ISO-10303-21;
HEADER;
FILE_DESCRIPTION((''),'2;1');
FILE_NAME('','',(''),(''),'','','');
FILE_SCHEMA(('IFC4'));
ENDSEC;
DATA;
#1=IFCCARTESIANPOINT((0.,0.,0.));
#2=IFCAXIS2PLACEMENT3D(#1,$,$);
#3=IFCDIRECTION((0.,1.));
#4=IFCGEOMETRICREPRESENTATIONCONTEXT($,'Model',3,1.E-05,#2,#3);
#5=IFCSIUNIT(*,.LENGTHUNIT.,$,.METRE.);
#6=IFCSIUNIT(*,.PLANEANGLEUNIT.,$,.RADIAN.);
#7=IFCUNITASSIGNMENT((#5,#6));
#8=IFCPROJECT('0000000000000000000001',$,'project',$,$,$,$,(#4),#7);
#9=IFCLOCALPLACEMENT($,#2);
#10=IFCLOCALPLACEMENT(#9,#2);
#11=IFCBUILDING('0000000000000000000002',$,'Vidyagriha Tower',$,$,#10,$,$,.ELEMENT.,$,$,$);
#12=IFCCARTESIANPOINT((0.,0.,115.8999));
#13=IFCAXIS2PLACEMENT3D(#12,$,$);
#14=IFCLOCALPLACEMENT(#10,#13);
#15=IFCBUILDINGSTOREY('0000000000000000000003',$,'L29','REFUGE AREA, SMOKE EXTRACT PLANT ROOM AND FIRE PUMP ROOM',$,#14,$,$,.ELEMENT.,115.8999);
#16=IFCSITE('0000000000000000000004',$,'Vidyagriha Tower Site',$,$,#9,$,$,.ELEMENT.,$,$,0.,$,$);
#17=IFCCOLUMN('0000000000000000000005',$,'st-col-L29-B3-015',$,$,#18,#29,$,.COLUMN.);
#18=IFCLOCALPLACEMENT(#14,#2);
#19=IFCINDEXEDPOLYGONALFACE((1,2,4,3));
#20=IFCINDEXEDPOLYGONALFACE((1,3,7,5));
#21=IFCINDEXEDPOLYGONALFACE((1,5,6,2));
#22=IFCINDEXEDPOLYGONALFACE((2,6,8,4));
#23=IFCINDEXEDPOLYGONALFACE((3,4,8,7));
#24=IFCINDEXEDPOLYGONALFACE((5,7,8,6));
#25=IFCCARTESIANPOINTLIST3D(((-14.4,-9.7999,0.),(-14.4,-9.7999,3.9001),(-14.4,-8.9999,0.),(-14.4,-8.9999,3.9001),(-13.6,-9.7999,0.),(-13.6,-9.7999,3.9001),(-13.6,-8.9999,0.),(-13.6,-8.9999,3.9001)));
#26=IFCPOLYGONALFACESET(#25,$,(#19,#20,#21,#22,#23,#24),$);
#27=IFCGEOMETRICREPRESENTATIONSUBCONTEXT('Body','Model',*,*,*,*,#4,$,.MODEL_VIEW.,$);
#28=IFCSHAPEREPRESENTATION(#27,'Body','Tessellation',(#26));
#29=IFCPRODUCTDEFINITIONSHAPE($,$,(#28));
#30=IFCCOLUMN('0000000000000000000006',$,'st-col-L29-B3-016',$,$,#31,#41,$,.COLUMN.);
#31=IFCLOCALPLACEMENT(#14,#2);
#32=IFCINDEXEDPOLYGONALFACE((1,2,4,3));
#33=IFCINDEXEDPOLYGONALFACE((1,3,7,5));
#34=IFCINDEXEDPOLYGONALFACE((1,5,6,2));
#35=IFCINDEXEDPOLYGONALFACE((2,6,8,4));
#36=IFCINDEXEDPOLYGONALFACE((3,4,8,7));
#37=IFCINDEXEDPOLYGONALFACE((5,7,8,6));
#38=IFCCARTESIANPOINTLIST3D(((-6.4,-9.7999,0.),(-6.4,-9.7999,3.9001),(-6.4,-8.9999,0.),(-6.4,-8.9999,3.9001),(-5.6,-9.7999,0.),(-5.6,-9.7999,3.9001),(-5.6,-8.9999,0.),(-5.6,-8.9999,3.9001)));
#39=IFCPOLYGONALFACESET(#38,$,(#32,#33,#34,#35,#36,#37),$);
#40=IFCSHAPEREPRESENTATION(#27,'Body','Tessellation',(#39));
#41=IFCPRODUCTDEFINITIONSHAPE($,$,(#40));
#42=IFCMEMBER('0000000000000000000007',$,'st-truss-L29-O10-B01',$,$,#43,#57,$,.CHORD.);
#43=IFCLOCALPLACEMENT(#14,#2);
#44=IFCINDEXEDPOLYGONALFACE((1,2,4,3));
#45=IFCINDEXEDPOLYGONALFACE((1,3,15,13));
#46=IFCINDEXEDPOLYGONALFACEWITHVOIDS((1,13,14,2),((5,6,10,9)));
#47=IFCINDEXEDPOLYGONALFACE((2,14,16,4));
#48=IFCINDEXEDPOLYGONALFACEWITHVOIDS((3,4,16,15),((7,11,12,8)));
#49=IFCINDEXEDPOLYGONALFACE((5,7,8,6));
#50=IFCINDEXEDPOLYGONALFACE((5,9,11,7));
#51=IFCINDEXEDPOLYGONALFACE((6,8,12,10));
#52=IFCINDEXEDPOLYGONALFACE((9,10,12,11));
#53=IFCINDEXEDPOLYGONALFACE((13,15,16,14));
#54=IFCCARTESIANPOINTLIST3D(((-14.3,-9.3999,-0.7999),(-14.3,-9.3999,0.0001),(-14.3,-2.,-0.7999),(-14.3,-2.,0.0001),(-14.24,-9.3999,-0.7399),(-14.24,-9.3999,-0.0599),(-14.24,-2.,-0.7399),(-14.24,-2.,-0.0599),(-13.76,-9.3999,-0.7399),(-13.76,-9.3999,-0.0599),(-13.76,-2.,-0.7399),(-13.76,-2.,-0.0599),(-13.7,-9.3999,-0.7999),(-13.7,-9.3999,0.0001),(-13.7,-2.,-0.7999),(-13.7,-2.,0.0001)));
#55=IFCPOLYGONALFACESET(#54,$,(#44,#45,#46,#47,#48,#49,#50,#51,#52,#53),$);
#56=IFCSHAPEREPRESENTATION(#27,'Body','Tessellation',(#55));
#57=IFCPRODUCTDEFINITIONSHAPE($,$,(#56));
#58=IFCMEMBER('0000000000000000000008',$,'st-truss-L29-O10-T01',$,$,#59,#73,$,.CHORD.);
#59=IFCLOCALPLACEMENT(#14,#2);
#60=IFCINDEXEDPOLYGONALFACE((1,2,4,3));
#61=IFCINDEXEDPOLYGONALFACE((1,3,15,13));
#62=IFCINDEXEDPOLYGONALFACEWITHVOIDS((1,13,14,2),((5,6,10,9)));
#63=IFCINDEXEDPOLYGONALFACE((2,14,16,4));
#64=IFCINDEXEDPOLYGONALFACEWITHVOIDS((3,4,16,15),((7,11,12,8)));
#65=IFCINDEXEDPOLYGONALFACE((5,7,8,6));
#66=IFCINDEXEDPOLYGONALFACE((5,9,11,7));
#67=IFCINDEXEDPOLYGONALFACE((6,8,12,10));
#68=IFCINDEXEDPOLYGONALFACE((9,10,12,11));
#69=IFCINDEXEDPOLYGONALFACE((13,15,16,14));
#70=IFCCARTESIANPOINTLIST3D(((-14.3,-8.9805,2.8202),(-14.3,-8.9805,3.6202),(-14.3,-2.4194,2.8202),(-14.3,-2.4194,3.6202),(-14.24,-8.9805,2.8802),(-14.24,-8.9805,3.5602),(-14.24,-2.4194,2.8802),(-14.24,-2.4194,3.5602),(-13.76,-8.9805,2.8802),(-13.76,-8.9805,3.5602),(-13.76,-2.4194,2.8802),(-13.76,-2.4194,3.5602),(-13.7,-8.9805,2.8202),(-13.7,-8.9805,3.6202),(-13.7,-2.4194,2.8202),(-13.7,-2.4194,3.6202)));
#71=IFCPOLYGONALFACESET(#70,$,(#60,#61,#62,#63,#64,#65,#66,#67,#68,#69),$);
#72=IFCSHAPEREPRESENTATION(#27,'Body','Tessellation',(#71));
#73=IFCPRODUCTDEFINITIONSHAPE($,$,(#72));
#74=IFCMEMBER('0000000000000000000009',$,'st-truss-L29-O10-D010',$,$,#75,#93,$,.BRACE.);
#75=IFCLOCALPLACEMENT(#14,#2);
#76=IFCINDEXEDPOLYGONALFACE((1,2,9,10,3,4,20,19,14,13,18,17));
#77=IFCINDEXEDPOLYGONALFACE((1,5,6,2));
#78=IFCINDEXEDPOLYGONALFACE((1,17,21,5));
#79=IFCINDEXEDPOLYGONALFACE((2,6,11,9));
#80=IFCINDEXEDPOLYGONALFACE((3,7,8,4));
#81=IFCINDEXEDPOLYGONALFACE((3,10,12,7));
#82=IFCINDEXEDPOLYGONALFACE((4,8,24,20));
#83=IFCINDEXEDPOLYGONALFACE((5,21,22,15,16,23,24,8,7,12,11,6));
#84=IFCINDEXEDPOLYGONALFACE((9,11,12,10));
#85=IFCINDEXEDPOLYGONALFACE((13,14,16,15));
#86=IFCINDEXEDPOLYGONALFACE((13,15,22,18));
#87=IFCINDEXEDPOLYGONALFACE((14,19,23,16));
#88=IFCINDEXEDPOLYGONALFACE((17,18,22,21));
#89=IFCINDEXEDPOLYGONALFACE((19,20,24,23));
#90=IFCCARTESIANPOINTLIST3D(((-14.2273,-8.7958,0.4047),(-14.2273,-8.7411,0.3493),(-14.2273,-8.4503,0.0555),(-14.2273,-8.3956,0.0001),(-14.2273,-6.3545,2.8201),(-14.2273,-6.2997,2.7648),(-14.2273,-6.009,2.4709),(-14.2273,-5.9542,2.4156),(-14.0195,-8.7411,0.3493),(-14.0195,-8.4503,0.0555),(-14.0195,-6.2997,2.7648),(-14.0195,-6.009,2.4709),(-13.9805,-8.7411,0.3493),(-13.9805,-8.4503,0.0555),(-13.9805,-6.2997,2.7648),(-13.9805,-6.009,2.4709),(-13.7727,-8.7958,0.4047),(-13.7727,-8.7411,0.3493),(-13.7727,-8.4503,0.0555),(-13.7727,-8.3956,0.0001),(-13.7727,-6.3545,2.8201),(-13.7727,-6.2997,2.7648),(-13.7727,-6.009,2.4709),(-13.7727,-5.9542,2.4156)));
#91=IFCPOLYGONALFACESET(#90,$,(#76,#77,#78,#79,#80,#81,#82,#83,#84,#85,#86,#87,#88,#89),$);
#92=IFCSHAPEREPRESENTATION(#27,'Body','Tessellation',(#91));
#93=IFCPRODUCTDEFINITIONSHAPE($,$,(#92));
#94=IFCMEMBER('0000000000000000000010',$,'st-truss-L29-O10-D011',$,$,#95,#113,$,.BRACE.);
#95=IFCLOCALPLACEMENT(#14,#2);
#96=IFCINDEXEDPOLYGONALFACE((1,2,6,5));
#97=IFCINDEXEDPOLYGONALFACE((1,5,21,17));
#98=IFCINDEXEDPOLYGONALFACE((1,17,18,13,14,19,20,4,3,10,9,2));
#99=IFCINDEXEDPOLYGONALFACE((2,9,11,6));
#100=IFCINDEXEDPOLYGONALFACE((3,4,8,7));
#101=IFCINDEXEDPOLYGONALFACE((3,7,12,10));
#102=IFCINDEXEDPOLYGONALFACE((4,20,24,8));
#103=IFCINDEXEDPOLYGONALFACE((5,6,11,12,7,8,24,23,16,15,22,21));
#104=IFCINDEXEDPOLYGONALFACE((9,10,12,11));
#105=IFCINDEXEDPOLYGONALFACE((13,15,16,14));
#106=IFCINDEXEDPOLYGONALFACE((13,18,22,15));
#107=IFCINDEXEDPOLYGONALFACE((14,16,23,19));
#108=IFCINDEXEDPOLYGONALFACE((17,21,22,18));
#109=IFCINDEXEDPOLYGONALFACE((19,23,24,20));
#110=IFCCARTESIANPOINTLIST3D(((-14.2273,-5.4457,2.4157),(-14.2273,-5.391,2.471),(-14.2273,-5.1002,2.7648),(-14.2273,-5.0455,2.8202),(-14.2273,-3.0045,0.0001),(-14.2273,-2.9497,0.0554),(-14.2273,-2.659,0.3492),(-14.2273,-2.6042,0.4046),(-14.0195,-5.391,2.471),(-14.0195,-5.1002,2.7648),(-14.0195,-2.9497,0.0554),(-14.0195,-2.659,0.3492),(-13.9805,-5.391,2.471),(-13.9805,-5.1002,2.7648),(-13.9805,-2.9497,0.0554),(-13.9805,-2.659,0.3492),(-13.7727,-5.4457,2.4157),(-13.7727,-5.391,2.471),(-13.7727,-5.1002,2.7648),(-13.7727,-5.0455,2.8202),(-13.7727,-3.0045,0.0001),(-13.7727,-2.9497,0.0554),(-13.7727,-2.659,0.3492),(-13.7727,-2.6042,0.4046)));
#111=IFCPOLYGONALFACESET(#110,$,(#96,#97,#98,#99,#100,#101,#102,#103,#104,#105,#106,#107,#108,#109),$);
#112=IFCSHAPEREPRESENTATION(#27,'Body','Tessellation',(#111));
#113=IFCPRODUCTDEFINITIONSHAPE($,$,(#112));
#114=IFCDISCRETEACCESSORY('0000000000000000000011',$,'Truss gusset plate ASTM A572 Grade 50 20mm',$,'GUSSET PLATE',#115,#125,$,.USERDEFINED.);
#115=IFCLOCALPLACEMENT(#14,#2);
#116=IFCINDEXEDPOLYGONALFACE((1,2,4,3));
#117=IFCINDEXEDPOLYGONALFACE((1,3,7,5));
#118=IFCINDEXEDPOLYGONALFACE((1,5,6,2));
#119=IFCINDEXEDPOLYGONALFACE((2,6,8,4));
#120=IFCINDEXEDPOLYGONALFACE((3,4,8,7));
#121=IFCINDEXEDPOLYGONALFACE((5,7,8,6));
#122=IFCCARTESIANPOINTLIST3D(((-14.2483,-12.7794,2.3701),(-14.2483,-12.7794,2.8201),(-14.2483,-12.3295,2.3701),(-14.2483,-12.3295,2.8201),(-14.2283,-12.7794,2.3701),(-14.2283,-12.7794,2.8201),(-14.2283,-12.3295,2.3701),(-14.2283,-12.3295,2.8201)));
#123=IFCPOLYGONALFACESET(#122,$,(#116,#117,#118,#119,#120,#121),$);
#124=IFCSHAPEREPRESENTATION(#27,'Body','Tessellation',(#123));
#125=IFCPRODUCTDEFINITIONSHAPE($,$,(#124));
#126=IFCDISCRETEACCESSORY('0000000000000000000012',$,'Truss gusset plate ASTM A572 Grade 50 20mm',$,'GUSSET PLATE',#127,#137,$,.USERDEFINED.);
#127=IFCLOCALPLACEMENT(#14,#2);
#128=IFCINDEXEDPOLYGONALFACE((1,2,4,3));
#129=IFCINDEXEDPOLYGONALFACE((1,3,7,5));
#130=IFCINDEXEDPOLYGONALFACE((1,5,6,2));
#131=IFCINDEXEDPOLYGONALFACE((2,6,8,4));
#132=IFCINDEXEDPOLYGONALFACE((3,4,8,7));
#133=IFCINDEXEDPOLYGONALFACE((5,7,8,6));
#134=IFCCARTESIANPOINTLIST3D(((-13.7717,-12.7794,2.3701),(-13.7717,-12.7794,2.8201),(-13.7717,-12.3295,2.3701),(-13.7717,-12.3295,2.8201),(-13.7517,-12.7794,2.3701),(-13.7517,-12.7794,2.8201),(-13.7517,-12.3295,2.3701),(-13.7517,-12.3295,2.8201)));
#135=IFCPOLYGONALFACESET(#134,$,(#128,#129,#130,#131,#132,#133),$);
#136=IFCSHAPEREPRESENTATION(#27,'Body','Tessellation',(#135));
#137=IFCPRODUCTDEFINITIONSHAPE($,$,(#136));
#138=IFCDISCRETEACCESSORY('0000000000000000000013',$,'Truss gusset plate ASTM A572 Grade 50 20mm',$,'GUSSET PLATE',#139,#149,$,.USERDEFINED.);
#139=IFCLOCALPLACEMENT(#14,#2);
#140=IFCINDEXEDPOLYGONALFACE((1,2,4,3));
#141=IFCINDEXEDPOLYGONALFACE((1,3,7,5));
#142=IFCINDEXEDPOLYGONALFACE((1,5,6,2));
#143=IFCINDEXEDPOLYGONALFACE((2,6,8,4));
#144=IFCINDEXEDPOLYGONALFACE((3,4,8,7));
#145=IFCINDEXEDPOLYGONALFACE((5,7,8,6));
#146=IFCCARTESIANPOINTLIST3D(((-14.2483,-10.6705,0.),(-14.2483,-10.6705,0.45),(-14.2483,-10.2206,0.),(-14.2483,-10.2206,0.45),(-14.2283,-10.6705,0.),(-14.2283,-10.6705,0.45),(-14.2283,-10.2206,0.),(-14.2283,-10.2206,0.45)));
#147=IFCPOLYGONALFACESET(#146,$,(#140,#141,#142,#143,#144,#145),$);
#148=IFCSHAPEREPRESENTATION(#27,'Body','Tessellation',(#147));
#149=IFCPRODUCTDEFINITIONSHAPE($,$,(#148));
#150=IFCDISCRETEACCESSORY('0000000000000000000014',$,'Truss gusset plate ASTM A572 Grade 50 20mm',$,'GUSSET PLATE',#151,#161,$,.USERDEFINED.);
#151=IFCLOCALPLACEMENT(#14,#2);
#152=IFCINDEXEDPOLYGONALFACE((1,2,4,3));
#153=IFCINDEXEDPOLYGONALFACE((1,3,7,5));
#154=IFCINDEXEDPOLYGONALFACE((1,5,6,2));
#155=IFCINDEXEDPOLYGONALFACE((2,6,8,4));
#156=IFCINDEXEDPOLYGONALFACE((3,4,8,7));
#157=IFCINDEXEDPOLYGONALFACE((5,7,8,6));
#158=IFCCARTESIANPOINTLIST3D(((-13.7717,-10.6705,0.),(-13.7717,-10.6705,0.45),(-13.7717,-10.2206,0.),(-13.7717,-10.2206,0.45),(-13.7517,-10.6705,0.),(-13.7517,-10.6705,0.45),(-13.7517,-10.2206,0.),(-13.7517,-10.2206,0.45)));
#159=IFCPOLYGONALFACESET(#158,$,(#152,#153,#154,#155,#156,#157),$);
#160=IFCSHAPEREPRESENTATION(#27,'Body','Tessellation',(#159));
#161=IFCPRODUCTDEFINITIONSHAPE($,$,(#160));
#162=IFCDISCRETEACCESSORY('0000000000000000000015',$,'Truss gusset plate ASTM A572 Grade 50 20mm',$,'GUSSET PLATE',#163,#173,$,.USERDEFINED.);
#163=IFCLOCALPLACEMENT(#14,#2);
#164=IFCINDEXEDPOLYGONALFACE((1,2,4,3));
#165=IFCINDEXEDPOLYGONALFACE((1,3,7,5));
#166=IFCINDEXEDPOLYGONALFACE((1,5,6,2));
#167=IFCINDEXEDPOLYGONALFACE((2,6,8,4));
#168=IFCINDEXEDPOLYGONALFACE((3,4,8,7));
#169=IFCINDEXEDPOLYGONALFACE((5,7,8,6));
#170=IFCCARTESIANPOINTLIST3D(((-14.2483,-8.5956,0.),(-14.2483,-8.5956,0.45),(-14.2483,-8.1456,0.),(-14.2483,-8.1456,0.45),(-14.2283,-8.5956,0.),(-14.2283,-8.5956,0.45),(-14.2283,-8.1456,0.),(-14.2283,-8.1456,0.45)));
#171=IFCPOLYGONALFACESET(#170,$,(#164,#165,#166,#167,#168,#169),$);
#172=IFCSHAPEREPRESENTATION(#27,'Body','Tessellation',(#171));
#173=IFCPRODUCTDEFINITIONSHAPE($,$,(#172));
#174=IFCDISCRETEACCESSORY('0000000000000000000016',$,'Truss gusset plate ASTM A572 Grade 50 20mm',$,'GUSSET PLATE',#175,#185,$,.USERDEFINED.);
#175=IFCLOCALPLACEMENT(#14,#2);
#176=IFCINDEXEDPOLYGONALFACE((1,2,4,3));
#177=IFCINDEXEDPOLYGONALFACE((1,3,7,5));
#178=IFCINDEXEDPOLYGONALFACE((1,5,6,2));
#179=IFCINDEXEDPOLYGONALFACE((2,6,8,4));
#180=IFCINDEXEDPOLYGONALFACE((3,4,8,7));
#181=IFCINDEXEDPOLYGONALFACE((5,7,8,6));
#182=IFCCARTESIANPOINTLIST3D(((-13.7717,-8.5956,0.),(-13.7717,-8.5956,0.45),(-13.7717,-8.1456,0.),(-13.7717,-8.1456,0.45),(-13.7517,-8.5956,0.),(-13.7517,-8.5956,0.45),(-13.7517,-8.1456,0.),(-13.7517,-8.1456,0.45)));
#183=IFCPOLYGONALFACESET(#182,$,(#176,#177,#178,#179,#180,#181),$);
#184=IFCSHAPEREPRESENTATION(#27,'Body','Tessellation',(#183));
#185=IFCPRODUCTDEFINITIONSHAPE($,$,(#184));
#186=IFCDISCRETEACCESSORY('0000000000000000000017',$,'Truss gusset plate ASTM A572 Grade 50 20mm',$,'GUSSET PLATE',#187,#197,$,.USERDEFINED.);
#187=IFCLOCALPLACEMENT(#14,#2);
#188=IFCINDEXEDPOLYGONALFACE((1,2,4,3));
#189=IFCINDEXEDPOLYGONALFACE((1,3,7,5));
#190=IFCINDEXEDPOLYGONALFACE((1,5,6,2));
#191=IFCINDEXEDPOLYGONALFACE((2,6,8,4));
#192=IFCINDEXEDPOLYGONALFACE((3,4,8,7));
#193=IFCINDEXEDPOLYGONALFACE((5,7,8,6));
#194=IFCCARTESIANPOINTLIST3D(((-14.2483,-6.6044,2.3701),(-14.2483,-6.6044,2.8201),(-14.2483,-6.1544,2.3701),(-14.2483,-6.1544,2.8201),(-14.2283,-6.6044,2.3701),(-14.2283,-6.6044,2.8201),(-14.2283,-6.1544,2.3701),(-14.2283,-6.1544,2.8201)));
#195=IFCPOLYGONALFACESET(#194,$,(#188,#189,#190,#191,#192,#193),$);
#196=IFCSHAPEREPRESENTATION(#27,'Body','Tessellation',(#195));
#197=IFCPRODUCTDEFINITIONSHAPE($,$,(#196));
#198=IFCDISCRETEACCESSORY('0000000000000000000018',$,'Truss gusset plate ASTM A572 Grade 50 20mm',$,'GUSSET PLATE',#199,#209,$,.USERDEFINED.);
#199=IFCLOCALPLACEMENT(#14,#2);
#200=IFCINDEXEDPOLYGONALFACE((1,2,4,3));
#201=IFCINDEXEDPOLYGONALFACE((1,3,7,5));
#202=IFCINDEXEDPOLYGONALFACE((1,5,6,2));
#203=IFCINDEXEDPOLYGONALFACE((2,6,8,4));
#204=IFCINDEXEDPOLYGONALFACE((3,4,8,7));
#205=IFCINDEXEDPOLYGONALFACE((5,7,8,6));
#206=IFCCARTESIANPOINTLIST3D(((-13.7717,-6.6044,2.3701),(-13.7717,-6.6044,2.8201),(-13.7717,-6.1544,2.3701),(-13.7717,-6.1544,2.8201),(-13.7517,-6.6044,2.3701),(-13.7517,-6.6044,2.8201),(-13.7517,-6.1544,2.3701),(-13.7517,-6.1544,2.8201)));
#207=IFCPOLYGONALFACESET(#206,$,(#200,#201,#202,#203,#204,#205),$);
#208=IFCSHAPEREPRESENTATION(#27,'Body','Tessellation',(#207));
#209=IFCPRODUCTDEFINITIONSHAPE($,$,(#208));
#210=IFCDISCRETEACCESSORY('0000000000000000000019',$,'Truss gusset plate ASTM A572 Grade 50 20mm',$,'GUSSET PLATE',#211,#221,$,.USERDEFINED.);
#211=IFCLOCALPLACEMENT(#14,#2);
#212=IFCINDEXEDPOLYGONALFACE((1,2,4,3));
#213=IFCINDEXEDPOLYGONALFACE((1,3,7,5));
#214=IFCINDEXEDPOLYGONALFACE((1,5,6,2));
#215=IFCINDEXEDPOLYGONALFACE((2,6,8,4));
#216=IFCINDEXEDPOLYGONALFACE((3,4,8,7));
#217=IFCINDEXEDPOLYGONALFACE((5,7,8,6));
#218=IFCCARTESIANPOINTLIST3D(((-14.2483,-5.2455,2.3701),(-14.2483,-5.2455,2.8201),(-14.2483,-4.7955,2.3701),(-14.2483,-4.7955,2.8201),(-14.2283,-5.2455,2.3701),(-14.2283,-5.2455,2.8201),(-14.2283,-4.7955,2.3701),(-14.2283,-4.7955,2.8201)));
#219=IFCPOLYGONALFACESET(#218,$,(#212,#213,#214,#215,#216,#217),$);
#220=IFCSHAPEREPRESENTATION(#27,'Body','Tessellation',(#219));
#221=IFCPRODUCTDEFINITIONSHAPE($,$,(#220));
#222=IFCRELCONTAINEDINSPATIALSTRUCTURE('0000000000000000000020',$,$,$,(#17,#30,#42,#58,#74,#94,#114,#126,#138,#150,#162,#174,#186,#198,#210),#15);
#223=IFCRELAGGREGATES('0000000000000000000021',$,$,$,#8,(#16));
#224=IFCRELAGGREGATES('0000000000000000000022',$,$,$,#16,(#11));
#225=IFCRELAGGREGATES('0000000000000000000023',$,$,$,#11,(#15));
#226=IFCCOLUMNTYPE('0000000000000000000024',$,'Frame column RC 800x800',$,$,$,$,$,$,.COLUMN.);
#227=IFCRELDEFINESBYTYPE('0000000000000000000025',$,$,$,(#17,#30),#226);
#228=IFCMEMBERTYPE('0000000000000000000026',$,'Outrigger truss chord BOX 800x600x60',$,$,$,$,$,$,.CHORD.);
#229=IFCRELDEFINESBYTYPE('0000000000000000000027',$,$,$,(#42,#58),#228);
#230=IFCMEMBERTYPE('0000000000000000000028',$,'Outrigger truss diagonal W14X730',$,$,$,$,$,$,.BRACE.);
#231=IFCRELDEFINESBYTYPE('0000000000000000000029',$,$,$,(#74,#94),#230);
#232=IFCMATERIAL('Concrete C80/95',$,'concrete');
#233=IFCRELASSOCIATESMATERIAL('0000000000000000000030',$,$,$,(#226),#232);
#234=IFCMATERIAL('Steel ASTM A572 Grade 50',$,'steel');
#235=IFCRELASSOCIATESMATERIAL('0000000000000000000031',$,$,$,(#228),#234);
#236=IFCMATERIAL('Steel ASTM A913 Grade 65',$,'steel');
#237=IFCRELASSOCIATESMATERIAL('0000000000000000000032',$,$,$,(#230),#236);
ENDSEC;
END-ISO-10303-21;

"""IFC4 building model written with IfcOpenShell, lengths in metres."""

from ifc_helpers import new_model, si_unit, direction, frame, origin, origin_2d, place, context, subcontext, project, spatial, rectangle, hollow_rectangle, i_section, extrude, material, material_profile, profile_set, type_object, element, save


model = new_model("IFC4")

# Units and contexts
model_context = context("Model", 3, precision=1e-05, world=origin(), true_north=direction((0.0, 1.0)))
body_context = subcontext(model_context, "Body", "Model", "MODEL_VIEW")
ifc_project = project(units=[si_unit("LENGTHUNIT", "METRE"), si_unit("PLANEANGLEUNIT", "RADIAN")], contexts=[model_context])

# Site, building, storey
site_placement = place(None, origin())
site = spatial("IfcSite", under=ifc_project, at=site_placement, Name="Vidyagriha Tower Site", CompositionType="ELEMENT", RefElevation=0.0)
building_placement = place(site_placement, origin())
building = spatial("IfcBuilding", under=site, at=building_placement, Name="Vidyagriha Tower", CompositionType="ELEMENT")
storey_placement = place(building_placement, frame((0.0, 0.0, 115.8999)))
storey = spatial("IfcBuildingStorey", under=building, at=storey_placement, Name="L29", Description="REFUGE AREA, SMOKE EXTRACT PLANT ROOM AND FIRE PUMP ROOM", CompositionType="ELEMENT", Elevation=115.8999)

# Columns
ifc_material_1 = material(Name="Concrete C80/95", Category="concrete")
ifc_material_profile_1 = material_profile(ifc_material_1, rectangle(XDim=0.8, YDim=0.8, at=origin_2d()), Name="RC 800x800")
ifc_profile_set_1 = profile_set([ifc_material_profile_1], Name="Concrete C80/95")
column_type = type_object("IfcColumnType", Name="Frame column RC 800x800", PredefinedType="COLUMN", material=ifc_profile_set_1)
for number, where, name in (
    (1, (-14.0, -9.3999, 0.0), "st-col-L29-B3-015"),
    (2, (-6.0, -9.3999, 0.0), "st-col-L29-B3-016"),
):
    element("IfcColumn", number, at=place(storey_placement, frame(where)), inside=storey, type_object=column_type, Name=name, PredefinedType="COLUMN", context=body_context, shape_type="SweptSolid", body=[
        extrude(rectangle(XDim=0.8, YDim=0.8, at=origin_2d()), origin(), (0.0, 0.0, 1.0), 3.9001),
    ])

# Members
ifc_material_2 = material(Name="Steel ASTM A572 Grade 50", Category="steel")
ifc_material_profile_2 = material_profile(ifc_material_2, hollow_rectangle(XDim=0.6001, YDim=0.8, WallThickness=0.0601, at=origin_2d()), Name="BOX 800x600x60")
ifc_profile_set_2 = profile_set([ifc_material_profile_2], Name="Steel ASTM A572 Grade 50")
member_type_1 = type_object("IfcMemberType", Name="Outrigger truss chord BOX 800x600x60", PredefinedType="CHORD", material=ifc_profile_set_2)
member_1_placement = place(storey_placement, frame((-14.0, -9.3999, -0.3999), z_axis=(0.0, 1.0, 0.0), x_axis=(-1.0, 0.0, 0.0)))
element("IfcMember", 3, at=member_1_placement, inside=storey, type_object=member_type_1, Name="st-truss-L29-O10-B01", PredefinedType="CHORD", context=body_context, shape_type="SweptSolid", body=[
    extrude(hollow_rectangle(XDim=0.6001, YDim=0.8, WallThickness=0.0601, at=origin_2d()), origin(), (0.0, 0.0, 1.0), 7.3999),
])
member_2_placement = place(storey_placement, frame((-14.0, -8.9805, 3.2202), z_axis=(0.0, 1.0, 0.0), x_axis=(-1.0, 0.0, 0.0)))
element("IfcMember", 4, at=member_2_placement, inside=storey, type_object=member_type_1, Name="st-truss-L29-O10-T01", PredefinedType="CHORD", context=body_context, shape_type="SweptSolid", body=[
    extrude(hollow_rectangle(XDim=0.6001, YDim=0.8, WallThickness=0.0601, at=origin_2d()), origin(), (0.0, 0.0, 1.0), 6.561),
])
ifc_material_3 = material(Name="Steel ASTM A913 Grade 65", Category="steel")
ifc_material_profile_3 = material_profile(ifc_material_3, i_section(OverallWidth=0.4546, OverallDepth=0.5691, WebThickness=0.0391, FlangeThickness=0.0779, at=origin_2d()), Name="W14X730")
ifc_profile_set_3 = profile_set([ifc_material_profile_3], Name="Steel ASTM A913 Grade 65")
member_type_2 = type_object("IfcMemberType", Name="Outrigger truss diagonal W14X730", PredefinedType="BRACE", material=ifc_profile_set_3)
for number, where, z_axis, x_axis, name in (
    (5, (-14.0, -8.5957, 0.2024), (0.0, 0.710864, 0.703329), (-1.0, 0.0, 0.0), "st-truss-L29-O10-D010"),
    (6, (-14.0, -5.2456, 2.6179), (0.0, 0.710829, -0.703365), (-1.0, 0.0, 0.0), "st-truss-L29-O10-D011"),
):
    element("IfcMember", number, at=place(storey_placement, frame(where, z_axis=z_axis, x_axis=x_axis)), inside=storey, type_object=member_type_2, Name=name, PredefinedType="BRACE", context=body_context, shape_type="SweptSolid", body=[
        extrude(i_section(OverallWidth=0.4546, OverallDepth=0.5691, WebThickness=0.0391, FlangeThickness=0.0779, at=origin_2d()), origin(), (0.0, 0.0, 1.0), 3.4343),
    ])

# Discrete accessories
for number, where, z_axis, x_axis, name in (
    (7, (-14.2383, -12.5544, 2.3701), (0.0, 0.0, 1.0), (0.0, 1.0, 0.0), "Truss gusset plate ASTM A572 Grade 50 20mm"),
    (8, (-13.7617, -12.5544, 2.3701), (0.0, 0.0, 1.0), (0.0, 1.0, 0.0), "Truss gusset plate ASTM A572 Grade 50 20mm"),
    (9, (-14.2383, -10.4456, 0.0), (0.0, 0.0, 1.0), (0.0, 1.0, 0.0), "Truss gusset plate ASTM A572 Grade 50 20mm"),
    (10, (-13.7617, -10.4456, 0.0), (0.0, 0.0, 1.0), (0.0, 1.0, 0.0), "Truss gusset plate ASTM A572 Grade 50 20mm"),
    (11, (-14.2383, -8.3706, 0.0), (0.0, 0.0, 1.0), (0.0, 1.0, 0.0), "Truss gusset plate ASTM A572 Grade 50 20mm"),
    (12, (-13.7617, -8.3706, 0.0), (0.0, 0.0, 1.0), (0.0, 1.0, 0.0), "Truss gusset plate ASTM A572 Grade 50 20mm"),
    (13, (-14.2383, -6.3794, 2.3701), (0.0, 0.0, 1.0), (0.0, 1.0, 0.0), "Truss gusset plate ASTM A572 Grade 50 20mm"),
    (14, (-13.7617, -6.3794, 2.3701), (0.0, 0.0, 1.0), (0.0, 1.0, 0.0), "Truss gusset plate ASTM A572 Grade 50 20mm"),
    (15, (-14.2383, -5.0205, 2.3701), (0.0, 0.0, 1.0), (0.0, 1.0, 0.0), "Truss gusset plate ASTM A572 Grade 50 20mm"),
):
    element("IfcDiscreteAccessory", number, at=place(storey_placement, frame(where, z_axis=z_axis, x_axis=x_axis)), inside=storey, Name=name, ObjectType="GUSSET PLATE", PredefinedType="USERDEFINED", context=body_context, shape_type="SweptSolid", body=[
        extrude(rectangle(XDim=0.45, YDim=0.02, at=origin_2d()), origin(), (0.0, 0.0, 1.0), 0.45),
    ])

save(model, "model.ifc")
